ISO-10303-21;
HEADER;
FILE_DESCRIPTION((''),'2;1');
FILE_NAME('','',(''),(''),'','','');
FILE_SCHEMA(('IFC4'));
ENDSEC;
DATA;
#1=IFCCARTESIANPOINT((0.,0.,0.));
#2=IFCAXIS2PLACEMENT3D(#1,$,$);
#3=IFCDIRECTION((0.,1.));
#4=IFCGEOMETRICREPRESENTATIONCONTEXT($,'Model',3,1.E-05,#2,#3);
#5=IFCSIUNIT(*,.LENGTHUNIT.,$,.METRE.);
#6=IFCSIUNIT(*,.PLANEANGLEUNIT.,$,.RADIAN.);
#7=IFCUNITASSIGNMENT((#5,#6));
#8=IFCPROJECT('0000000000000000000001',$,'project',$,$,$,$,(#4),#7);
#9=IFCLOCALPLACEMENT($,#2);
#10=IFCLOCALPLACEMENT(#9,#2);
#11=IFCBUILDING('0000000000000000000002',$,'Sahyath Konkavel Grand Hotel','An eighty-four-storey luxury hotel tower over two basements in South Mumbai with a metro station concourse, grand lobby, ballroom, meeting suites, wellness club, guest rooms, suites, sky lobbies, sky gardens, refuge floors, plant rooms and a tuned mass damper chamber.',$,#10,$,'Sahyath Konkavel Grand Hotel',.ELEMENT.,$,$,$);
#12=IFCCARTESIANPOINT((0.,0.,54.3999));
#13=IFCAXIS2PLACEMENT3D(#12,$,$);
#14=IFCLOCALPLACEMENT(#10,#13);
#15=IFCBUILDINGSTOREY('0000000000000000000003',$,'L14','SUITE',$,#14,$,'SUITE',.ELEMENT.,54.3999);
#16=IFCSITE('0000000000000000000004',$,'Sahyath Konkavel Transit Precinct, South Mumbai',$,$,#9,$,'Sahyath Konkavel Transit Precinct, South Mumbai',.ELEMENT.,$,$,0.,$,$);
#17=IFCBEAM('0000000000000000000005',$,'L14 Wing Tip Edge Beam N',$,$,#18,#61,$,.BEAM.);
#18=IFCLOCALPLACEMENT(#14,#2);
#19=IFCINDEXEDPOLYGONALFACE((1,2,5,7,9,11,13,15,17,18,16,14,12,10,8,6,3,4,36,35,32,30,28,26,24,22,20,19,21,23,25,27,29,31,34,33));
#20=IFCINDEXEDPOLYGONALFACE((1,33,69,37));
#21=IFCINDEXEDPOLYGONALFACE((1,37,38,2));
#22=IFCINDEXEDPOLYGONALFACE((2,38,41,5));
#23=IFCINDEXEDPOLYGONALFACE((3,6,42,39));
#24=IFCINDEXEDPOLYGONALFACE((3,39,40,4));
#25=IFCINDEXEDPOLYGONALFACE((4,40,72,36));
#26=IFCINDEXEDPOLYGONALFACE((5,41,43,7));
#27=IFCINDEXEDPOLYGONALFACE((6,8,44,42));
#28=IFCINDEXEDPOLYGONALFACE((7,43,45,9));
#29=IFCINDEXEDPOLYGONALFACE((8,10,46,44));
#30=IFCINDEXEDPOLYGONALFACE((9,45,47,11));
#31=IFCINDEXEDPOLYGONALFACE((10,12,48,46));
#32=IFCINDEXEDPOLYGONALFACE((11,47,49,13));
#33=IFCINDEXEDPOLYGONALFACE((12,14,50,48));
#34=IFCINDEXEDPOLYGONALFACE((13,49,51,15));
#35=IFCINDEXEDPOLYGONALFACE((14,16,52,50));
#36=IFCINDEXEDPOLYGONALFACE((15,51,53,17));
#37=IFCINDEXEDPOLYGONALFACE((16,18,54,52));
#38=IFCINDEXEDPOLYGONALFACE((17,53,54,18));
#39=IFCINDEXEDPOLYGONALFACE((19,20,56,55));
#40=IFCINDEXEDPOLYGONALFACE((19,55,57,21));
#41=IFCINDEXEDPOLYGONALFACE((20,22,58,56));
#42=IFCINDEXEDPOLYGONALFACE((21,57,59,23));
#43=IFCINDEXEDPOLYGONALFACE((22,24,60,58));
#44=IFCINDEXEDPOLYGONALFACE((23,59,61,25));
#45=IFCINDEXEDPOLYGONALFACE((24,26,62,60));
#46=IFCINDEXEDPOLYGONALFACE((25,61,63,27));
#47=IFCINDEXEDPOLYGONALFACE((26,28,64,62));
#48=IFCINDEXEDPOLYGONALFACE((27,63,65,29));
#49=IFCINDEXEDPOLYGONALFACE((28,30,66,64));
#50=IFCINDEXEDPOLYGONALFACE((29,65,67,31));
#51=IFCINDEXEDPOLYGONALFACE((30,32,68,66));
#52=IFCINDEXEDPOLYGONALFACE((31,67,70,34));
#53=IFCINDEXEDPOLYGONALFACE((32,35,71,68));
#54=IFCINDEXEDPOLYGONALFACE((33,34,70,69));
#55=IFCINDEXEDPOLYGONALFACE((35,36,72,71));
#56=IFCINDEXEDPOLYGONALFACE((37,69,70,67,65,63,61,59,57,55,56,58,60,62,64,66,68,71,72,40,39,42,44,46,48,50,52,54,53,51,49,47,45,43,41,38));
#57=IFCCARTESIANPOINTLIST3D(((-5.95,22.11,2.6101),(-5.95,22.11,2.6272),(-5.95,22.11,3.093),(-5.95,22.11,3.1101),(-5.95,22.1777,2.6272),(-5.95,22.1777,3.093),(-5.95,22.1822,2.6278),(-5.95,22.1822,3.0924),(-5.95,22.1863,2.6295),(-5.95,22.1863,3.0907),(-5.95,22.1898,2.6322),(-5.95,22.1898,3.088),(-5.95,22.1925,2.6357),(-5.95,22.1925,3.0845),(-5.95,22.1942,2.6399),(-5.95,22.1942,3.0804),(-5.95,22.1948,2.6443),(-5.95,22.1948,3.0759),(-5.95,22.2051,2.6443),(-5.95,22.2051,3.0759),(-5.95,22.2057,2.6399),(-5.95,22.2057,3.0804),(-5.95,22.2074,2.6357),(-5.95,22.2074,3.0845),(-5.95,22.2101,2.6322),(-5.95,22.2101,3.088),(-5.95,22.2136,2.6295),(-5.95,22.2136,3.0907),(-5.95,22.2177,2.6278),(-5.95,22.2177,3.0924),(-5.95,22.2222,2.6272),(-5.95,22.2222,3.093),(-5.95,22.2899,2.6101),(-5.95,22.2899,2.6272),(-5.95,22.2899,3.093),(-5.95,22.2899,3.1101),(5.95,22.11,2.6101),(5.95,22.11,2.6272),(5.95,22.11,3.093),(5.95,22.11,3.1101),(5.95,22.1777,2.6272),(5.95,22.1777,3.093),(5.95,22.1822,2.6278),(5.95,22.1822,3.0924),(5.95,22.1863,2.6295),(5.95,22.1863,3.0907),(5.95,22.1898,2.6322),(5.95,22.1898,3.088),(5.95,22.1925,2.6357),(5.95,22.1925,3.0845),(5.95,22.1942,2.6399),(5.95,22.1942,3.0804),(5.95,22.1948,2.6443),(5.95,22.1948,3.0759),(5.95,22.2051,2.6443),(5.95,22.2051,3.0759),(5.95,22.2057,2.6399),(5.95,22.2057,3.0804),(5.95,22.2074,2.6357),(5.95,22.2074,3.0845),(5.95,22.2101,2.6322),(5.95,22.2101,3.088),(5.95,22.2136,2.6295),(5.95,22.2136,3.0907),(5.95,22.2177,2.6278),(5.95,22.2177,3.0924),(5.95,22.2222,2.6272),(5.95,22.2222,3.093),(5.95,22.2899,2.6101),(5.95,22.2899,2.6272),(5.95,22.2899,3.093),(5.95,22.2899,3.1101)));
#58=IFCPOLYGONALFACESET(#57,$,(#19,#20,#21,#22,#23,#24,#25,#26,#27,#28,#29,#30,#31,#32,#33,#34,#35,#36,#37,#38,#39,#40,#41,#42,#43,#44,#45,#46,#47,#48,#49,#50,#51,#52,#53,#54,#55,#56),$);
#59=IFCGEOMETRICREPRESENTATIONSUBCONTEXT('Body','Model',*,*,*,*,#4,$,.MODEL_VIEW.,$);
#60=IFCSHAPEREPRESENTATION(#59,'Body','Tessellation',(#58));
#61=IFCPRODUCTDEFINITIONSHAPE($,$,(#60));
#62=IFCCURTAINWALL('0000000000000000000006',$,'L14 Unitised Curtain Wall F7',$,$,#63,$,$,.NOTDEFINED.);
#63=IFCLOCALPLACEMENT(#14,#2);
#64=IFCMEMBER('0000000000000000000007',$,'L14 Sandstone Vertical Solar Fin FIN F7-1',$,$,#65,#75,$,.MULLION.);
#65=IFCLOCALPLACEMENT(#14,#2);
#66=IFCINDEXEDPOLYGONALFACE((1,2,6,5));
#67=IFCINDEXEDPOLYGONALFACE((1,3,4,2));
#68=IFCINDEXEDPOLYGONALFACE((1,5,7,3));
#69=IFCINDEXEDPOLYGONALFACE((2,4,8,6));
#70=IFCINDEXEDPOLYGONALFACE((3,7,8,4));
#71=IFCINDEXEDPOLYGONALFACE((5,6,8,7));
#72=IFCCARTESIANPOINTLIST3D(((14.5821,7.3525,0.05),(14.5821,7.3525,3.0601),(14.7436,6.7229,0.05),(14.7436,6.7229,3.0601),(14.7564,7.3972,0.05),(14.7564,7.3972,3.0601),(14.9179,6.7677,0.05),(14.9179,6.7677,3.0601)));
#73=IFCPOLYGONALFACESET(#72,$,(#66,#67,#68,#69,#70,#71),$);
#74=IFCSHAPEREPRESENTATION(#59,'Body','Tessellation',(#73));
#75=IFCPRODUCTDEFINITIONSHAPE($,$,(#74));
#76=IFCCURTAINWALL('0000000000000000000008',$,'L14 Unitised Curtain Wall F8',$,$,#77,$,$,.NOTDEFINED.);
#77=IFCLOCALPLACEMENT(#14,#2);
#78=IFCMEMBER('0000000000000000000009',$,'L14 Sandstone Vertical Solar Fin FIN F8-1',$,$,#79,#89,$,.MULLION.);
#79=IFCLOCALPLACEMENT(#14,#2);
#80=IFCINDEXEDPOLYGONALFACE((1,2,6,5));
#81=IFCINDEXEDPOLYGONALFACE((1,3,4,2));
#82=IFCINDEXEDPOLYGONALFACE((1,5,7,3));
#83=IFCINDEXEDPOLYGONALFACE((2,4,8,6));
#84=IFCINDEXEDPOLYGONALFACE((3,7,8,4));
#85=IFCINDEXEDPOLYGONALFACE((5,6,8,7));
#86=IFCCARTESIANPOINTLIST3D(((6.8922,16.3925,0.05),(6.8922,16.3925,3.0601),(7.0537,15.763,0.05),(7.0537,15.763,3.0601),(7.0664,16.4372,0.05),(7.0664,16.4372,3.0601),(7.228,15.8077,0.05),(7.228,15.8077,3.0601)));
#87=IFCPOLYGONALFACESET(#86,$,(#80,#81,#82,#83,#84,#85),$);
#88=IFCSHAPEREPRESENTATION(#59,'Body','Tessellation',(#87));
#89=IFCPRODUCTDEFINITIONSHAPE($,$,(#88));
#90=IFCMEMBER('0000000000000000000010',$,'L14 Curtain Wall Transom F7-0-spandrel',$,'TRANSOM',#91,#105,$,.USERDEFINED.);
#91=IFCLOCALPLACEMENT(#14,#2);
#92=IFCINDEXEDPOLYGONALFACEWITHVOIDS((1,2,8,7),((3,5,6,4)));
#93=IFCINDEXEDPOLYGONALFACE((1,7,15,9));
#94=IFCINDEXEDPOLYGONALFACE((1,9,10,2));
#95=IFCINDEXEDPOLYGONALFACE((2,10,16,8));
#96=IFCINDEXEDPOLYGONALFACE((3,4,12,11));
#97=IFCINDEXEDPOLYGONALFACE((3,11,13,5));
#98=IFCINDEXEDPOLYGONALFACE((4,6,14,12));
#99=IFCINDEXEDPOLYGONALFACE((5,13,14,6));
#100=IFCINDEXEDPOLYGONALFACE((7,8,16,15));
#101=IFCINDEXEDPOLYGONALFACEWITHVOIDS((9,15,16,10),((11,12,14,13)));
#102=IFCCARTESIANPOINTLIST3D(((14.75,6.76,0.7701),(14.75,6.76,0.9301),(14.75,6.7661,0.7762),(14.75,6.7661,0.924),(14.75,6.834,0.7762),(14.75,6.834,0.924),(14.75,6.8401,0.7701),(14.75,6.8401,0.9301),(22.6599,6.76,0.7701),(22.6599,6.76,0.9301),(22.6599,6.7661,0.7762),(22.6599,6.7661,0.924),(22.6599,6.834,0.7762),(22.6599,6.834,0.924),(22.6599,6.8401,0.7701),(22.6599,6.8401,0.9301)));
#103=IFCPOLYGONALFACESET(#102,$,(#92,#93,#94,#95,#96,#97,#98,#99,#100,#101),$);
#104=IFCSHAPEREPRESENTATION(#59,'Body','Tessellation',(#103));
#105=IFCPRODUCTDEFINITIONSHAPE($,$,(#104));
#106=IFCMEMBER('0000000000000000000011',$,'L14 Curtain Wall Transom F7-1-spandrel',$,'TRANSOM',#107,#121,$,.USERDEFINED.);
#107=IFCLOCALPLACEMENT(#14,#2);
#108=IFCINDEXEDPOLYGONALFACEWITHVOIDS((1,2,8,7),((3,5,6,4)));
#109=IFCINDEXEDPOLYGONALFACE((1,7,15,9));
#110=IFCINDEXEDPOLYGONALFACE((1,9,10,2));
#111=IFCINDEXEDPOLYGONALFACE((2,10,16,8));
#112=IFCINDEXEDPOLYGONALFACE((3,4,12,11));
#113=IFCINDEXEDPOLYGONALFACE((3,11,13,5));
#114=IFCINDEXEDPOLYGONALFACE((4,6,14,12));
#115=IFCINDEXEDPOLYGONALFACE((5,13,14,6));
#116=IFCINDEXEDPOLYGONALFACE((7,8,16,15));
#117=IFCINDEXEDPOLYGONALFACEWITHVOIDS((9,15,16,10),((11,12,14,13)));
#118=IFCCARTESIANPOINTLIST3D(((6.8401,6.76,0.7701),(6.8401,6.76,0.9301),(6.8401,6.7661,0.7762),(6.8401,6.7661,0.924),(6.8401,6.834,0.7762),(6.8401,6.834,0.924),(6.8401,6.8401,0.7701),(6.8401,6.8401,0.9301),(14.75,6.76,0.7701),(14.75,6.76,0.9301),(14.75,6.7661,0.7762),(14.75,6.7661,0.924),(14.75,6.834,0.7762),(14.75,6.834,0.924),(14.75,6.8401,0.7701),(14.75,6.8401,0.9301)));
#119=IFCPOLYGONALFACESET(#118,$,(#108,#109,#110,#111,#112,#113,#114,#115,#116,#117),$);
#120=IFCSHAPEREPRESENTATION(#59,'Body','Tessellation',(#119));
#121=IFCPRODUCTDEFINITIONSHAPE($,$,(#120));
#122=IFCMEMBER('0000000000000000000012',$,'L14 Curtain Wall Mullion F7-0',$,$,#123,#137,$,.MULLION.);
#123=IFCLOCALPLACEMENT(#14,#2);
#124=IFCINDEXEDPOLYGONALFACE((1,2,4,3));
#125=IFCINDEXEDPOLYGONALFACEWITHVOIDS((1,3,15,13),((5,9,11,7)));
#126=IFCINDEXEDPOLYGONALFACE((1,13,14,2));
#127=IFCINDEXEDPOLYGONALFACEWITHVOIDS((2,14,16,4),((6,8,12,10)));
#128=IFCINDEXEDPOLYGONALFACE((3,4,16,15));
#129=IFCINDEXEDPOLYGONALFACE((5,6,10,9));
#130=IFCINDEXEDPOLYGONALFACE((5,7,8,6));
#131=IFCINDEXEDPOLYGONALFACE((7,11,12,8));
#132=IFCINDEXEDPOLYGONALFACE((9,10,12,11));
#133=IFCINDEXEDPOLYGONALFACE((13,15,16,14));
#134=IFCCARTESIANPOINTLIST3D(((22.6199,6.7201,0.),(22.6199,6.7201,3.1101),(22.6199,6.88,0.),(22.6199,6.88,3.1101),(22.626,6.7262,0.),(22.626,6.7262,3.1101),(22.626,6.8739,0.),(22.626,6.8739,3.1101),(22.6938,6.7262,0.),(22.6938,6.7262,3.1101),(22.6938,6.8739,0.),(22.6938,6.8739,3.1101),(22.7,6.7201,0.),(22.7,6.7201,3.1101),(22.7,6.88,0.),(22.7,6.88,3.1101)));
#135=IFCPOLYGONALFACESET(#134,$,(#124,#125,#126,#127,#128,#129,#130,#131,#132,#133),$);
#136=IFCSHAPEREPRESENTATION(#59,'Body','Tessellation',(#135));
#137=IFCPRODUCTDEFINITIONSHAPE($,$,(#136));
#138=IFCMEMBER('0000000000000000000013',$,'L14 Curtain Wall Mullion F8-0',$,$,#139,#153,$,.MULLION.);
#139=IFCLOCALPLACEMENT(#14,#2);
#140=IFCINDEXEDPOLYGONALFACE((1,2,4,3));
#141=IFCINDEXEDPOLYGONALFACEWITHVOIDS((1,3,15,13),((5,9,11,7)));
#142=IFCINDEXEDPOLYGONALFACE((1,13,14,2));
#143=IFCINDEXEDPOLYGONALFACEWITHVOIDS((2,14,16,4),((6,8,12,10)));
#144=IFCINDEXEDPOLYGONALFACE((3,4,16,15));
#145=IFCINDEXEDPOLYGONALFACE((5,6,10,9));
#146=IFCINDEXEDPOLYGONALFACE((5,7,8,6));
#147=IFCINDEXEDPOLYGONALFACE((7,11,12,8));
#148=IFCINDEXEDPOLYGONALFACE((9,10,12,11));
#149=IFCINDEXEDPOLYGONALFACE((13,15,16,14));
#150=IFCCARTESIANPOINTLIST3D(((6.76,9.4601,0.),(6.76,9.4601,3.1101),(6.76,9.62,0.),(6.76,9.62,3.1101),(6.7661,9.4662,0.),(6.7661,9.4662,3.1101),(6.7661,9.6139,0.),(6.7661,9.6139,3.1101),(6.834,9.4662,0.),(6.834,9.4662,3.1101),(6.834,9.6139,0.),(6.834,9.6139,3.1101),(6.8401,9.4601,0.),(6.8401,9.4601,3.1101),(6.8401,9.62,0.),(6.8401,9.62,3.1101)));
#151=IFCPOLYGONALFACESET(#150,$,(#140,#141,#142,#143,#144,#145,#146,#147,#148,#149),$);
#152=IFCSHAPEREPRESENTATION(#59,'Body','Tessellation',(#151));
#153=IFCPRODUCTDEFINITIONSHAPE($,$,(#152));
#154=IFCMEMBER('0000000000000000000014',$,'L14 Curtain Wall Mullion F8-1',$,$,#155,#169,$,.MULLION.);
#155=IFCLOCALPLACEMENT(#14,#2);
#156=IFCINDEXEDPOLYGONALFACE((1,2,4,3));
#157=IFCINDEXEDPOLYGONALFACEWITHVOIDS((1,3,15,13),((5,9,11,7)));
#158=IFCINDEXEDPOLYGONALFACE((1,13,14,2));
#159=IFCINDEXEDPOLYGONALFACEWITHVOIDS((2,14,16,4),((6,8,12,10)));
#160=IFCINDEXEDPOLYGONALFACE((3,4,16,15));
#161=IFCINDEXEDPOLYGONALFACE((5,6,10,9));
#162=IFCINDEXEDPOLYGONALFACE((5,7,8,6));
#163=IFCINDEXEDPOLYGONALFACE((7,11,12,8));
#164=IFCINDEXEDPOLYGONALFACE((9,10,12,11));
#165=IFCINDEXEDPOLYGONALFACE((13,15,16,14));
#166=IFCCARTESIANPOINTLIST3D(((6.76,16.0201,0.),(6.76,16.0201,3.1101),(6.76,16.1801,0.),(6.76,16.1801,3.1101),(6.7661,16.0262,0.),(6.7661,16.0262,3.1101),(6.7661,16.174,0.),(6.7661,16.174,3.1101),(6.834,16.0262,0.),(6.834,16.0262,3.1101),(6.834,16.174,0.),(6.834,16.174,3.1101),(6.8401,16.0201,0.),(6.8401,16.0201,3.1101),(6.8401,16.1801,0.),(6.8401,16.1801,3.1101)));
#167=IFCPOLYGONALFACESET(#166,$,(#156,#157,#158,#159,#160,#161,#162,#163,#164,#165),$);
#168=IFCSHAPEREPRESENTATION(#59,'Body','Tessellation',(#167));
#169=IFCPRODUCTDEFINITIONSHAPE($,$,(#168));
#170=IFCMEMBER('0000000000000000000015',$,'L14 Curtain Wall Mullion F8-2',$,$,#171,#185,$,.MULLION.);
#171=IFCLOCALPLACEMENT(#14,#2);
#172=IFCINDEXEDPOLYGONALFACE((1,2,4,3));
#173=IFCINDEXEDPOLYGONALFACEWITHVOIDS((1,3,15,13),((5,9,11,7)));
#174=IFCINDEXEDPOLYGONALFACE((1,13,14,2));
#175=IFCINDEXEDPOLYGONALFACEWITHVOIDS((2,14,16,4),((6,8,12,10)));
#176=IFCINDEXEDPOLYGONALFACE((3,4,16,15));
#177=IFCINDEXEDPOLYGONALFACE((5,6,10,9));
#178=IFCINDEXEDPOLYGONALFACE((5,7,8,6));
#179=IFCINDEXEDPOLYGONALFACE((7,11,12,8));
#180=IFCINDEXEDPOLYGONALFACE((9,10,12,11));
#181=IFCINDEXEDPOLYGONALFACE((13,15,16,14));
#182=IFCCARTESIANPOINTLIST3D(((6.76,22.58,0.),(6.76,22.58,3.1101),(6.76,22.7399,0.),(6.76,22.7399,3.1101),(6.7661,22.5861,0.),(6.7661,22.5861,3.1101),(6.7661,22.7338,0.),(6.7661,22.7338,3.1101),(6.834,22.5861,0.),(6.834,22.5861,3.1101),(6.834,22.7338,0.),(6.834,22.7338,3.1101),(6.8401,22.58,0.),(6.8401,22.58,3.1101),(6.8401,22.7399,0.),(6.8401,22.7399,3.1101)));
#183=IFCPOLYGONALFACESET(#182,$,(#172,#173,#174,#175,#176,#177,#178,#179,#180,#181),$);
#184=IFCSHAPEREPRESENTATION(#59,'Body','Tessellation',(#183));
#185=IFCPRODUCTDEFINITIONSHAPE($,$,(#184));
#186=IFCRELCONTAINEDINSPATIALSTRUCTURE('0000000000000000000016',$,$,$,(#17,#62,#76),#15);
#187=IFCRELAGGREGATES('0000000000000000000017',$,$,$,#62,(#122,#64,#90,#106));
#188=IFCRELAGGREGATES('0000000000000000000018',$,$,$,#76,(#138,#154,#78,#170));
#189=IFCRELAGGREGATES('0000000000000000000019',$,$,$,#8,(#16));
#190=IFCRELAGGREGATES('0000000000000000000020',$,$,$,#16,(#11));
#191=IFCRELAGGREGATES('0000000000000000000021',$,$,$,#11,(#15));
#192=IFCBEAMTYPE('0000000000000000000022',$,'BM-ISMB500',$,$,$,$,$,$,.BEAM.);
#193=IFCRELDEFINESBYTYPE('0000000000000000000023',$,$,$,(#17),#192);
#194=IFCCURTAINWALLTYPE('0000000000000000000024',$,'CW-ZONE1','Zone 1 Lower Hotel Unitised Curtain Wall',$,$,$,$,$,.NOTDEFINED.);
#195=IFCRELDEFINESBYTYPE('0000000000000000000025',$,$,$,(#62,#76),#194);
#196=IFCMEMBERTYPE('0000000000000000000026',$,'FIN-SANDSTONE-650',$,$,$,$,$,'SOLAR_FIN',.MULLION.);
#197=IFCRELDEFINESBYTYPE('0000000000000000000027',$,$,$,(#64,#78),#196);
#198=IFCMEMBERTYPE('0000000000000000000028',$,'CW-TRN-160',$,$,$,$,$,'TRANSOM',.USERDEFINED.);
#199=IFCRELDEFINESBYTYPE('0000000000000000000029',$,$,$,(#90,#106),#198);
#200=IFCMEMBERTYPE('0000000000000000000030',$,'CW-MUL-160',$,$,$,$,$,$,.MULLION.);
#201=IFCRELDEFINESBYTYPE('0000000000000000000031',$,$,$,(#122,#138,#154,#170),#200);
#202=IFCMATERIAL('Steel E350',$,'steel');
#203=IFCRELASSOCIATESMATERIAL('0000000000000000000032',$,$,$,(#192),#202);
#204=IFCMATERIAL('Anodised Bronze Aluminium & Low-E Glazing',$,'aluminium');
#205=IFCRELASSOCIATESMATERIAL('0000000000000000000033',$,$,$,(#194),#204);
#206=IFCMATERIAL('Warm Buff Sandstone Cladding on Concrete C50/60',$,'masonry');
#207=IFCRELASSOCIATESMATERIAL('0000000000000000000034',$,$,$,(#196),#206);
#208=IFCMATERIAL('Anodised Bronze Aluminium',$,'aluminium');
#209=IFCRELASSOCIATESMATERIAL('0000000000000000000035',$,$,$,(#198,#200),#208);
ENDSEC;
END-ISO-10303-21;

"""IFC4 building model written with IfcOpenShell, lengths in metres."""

from ifc_helpers import new_model, si_unit, direction, frame, origin, origin_2d, place, context, subcontext, project, spatial, rectangle, hollow_rectangle, i_section, extrude, source, transform, mapped, material, material_profile, profile_set, type_object, element, aggregate, save


model = new_model("IFC4")

# Units and contexts
model_context = context("Model", 3, precision=1e-05, world=origin(), true_north=direction((0.0, 1.0)))
body_context = subcontext(model_context, "Body", "Model", "MODEL_VIEW")
ifc_project = project(units=[si_unit("LENGTHUNIT", "METRE"), si_unit("PLANEANGLEUNIT", "RADIAN")], contexts=[model_context])

# Site, building, storey
site_placement = place(None, origin())
site = spatial("IfcSite", under=ifc_project, at=site_placement, Name="Sahyath Konkavel Transit Precinct, South Mumbai", LongName="Sahyath Konkavel Transit Precinct, South Mumbai", CompositionType="ELEMENT", RefElevation=0.0)
building_placement = place(site_placement, origin())
building = spatial("IfcBuilding", under=site, at=building_placement, Name="Sahyath Konkavel Grand Hotel", Description="An eighty-four-storey luxury hotel tower over two basements in South Mumbai with a metro station concourse, grand lobby, ballroom, meeting suites, wellness club, guest rooms, suites, sky lobbies, sky gardens, refuge floors, plant rooms and a tuned mass damper chamber.", LongName="Sahyath Konkavel Grand Hotel", CompositionType="ELEMENT")
storey_placement = place(building_placement, frame((0.0, 0.0, 54.3999)))
storey = spatial("IfcBuildingStorey", under=building, at=storey_placement, Name="L14", Description="SUITE", LongName="SUITE", CompositionType="ELEMENT", Elevation=54.3999)

# Beam
ifc_material_1 = material(Name="Steel E350", Category="steel")
ifc_material_profile_1 = material_profile(ifc_material_1, i_section(OverallWidth=0.1799, OverallDepth=0.5, WebThickness=0.0103, FlangeThickness=0.0171, FilletRadius=0.0171, at=origin_2d()), Name="ISMB 500")
ifc_profile_set_1 = profile_set([ifc_material_profile_1], Name="Steel E350")
beam_type = type_object("IfcBeamType", Name="BM-ISMB500", PredefinedType="BEAM", material=ifc_profile_set_1)
shared_shape_1 = source(origin(), body_context, "Body", "SweptSolid", [
    extrude(i_section(OverallWidth=0.1799, OverallDepth=0.5, WebThickness=0.0103, FlangeThickness=0.0171, FilletRadius=0.0171, at=origin_2d()), origin(), (0.0, 0.0, 1.0), 11.8999),
])
beam_placement = place(storey_placement, frame((5.95, 22.2, 2.8601), z_axis=(-1.0, 0.0, 0.0), x_axis=(0.0, -1.0, 0.0)))
element("IfcBeam", 1, at=beam_placement, inside=storey, type_object=beam_type, Name="L14 Wing Tip Edge Beam N", PredefinedType="BEAM", context=body_context, shape_type="MappedRepresentation", body=[
    mapped(shared_shape_1, transform((0.0, 0.0, 0.0), scale=1.0)),
])

# Curtain walls, members
ifc_material_2 = material(Name="Anodised Bronze Aluminium & Low-E Glazing", Category="aluminium")
curtain_wall_type = type_object("IfcCurtainWallType", Name="CW-ZONE1", Description="Zone 1 Lower Hotel Unitised Curtain Wall", PredefinedType="NOTDEFINED", material=ifc_material_2)
curtain_wall_1_placement = place(storey_placement, origin())
curtain_wall_1 = element("IfcCurtainWall", 2, at=curtain_wall_1_placement, inside=storey, type_object=curtain_wall_type, Name="L14 Unitised Curtain Wall F7", PredefinedType="NOTDEFINED")
ifc_material_3 = material(Name="Warm Buff Sandstone Cladding on Concrete C50/60", Category="masonry")
ifc_material_profile_2 = material_profile(ifc_material_3, rectangle(XDim=0.1799, YDim=0.6499, at=origin_2d()), Name="FIN 180x650")
ifc_profile_set_2 = profile_set([ifc_material_profile_2], Name="Warm Buff Sandstone Cladding on Concrete C50/60")
member_type_1 = type_object("IfcMemberType", Name="FIN-SANDSTONE-650", ElementType="SOLAR_FIN", PredefinedType="MULLION", material=ifc_profile_set_2)
shared_shape_2 = source(origin(), body_context, "Body", "SweptSolid", [
    extrude(rectangle(XDim=0.1799, YDim=0.6499, at=origin_2d()), origin(), (0.0, 0.0, 1.0), 3.01),
])
member_1_placement = place(storey_placement, frame((14.75, 7.0601, 0.05), z_axis=(0.0, 0.0, 1.0), x_axis=(0.968627, 0.248521, 0.0)))
member_1 = element("IfcMember", 3, at=member_1_placement, type_object=member_type_1, Name="L14 Sandstone Vertical Solar Fin FIN F7-1", PredefinedType="MULLION", context=body_context, shape_type="MappedRepresentation", body=[
    mapped(shared_shape_2, transform((0.0, 0.0, 0.0), scale=1.0)),
])
curtain_wall_2_placement = place(storey_placement, origin())
curtain_wall_2 = element("IfcCurtainWall", 4, at=curtain_wall_2_placement, inside=storey, type_object=curtain_wall_type, Name="L14 Unitised Curtain Wall F8", PredefinedType="NOTDEFINED")
member_2_placement = place(storey_placement, frame((7.0601, 16.1001, 0.05), z_axis=(0.0, 0.0, 1.0), x_axis=(0.968627, 0.248521, 0.0)))
member_2 = element("IfcMember", 5, at=member_2_placement, type_object=member_type_1, Name="L14 Sandstone Vertical Solar Fin FIN F8-1", PredefinedType="MULLION", context=body_context, shape_type="MappedRepresentation", body=[
    mapped(shared_shape_2, transform((0.0, 0.0, 0.0), scale=1.0)),
])

# Members
ifc_material_4 = material(Name="Anodised Bronze Aluminium", Category="aluminium")
ifc_material_profile_3 = material_profile(ifc_material_4, hollow_rectangle(XDim=0.0801, YDim=0.1599, WallThickness=0.0061, at=origin_2d()), Name="RHS 160x80x6")
ifc_profile_set_3 = profile_set([ifc_material_profile_3], Name="Anodised Bronze Aluminium")
member_type_2 = type_object("IfcMemberType", Name="CW-TRN-160", ElementType="TRANSOM", PredefinedType="USERDEFINED", material=ifc_profile_set_3)
shared_shape_3 = source(origin(), body_context, "Body", "SweptSolid", [
    extrude(hollow_rectangle(XDim=0.0801, YDim=0.1599, WallThickness=0.0061, at=origin_2d()), origin(), (0.0, 0.0, 1.0), 7.9099),
])
member_3_placement = place(storey_placement, frame((22.6599, 6.8, 0.8501), z_axis=(-1.0, 0.0, 0.0), x_axis=(0.0, -1.0, 0.0)))
member_3 = element("IfcMember", 6, at=member_3_placement, type_object=member_type_2, Name="L14 Curtain Wall Transom F7-0-spandrel", ObjectType="TRANSOM", PredefinedType="USERDEFINED", context=body_context, shape_type="MappedRepresentation", body=[
    mapped(shared_shape_3, transform((0.0, 0.0, 0.0), scale=1.0)),
])
member_4_placement = place(storey_placement, frame((14.75, 6.8, 0.8501), z_axis=(-1.0, 0.0, 0.0), x_axis=(0.0, -1.0, 0.0)))
member_4 = element("IfcMember", 7, at=member_4_placement, type_object=member_type_2, Name="L14 Curtain Wall Transom F7-1-spandrel", ObjectType="TRANSOM", PredefinedType="USERDEFINED", context=body_context, shape_type="MappedRepresentation", body=[
    mapped(shared_shape_3, transform((0.0, 0.0, 0.0), scale=1.0)),
])
ifc_material_profile_4 = material_profile(ifc_material_4, hollow_rectangle(XDim=0.0801, YDim=0.1599, WallThickness=0.0061, at=origin_2d()), Name="RHS 160x80x6")
ifc_profile_set_4 = profile_set([ifc_material_profile_4], Name="Anodised Bronze Aluminium")
member_type_3 = type_object("IfcMemberType", Name="CW-MUL-160", PredefinedType="MULLION", material=ifc_profile_set_4)
shared_shape_4 = source(origin(), body_context, "Body", "SweptSolid", [
    extrude(hollow_rectangle(XDim=0.0801, YDim=0.1599, WallThickness=0.0061, at=origin_2d()), origin(), (0.0, 0.0, 1.0), 3.1101),
])
member_5_placement = place(storey_placement, frame((22.6599, 6.8, 0.0), z_axis=(0.0, 0.0, 1.0), x_axis=(1.0, 0.0, 0.0)))
member_5 = element("IfcMember", 8, at=member_5_placement, type_object=member_type_3, Name="L14 Curtain Wall Mullion F7-0", PredefinedType="MULLION", context=body_context, shape_type="MappedRepresentation", body=[
    mapped(shared_shape_4, transform((0.0, 0.0, 0.0), scale=1.0)),
])
member_6_placement = place(storey_placement, frame((6.8, 9.54, 0.0), z_axis=(0.0, 0.0, 1.0), x_axis=(1.0, 0.0, 0.0)))
member_6 = element("IfcMember", 9, at=member_6_placement, type_object=member_type_3, Name="L14 Curtain Wall Mullion F8-0", PredefinedType="MULLION", context=body_context, shape_type="MappedRepresentation", body=[
    mapped(shared_shape_4, transform((0.0, 0.0, 0.0), scale=1.0)),
])
member_7_placement = place(storey_placement, frame((6.8, 16.1001, 0.0), z_axis=(0.0, 0.0, 1.0), x_axis=(1.0, 0.0, 0.0)))
member_7 = element("IfcMember", 10, at=member_7_placement, type_object=member_type_3, Name="L14 Curtain Wall Mullion F8-1", PredefinedType="MULLION", context=body_context, shape_type="MappedRepresentation", body=[
    mapped(shared_shape_4, transform((0.0, 0.0, 0.0), scale=1.0)),
])
member_8_placement = place(storey_placement, frame((6.8, 22.6599, 0.0), z_axis=(0.0, 0.0, 1.0), x_axis=(1.0, 0.0, 0.0)))
member_8 = element("IfcMember", 11, at=member_8_placement, type_object=member_type_3, Name="L14 Curtain Wall Mullion F8-2", PredefinedType="MULLION", context=body_context, shape_type="MappedRepresentation", body=[
    mapped(shared_shape_4, transform((0.0, 0.0, 0.0), scale=1.0)),
])

aggregate(curtain_wall_1, [member_5, member_1, member_3, member_4])
aggregate(curtain_wall_2, [member_6, member_7, member_2, member_8])

save(model, "model.ifc")
